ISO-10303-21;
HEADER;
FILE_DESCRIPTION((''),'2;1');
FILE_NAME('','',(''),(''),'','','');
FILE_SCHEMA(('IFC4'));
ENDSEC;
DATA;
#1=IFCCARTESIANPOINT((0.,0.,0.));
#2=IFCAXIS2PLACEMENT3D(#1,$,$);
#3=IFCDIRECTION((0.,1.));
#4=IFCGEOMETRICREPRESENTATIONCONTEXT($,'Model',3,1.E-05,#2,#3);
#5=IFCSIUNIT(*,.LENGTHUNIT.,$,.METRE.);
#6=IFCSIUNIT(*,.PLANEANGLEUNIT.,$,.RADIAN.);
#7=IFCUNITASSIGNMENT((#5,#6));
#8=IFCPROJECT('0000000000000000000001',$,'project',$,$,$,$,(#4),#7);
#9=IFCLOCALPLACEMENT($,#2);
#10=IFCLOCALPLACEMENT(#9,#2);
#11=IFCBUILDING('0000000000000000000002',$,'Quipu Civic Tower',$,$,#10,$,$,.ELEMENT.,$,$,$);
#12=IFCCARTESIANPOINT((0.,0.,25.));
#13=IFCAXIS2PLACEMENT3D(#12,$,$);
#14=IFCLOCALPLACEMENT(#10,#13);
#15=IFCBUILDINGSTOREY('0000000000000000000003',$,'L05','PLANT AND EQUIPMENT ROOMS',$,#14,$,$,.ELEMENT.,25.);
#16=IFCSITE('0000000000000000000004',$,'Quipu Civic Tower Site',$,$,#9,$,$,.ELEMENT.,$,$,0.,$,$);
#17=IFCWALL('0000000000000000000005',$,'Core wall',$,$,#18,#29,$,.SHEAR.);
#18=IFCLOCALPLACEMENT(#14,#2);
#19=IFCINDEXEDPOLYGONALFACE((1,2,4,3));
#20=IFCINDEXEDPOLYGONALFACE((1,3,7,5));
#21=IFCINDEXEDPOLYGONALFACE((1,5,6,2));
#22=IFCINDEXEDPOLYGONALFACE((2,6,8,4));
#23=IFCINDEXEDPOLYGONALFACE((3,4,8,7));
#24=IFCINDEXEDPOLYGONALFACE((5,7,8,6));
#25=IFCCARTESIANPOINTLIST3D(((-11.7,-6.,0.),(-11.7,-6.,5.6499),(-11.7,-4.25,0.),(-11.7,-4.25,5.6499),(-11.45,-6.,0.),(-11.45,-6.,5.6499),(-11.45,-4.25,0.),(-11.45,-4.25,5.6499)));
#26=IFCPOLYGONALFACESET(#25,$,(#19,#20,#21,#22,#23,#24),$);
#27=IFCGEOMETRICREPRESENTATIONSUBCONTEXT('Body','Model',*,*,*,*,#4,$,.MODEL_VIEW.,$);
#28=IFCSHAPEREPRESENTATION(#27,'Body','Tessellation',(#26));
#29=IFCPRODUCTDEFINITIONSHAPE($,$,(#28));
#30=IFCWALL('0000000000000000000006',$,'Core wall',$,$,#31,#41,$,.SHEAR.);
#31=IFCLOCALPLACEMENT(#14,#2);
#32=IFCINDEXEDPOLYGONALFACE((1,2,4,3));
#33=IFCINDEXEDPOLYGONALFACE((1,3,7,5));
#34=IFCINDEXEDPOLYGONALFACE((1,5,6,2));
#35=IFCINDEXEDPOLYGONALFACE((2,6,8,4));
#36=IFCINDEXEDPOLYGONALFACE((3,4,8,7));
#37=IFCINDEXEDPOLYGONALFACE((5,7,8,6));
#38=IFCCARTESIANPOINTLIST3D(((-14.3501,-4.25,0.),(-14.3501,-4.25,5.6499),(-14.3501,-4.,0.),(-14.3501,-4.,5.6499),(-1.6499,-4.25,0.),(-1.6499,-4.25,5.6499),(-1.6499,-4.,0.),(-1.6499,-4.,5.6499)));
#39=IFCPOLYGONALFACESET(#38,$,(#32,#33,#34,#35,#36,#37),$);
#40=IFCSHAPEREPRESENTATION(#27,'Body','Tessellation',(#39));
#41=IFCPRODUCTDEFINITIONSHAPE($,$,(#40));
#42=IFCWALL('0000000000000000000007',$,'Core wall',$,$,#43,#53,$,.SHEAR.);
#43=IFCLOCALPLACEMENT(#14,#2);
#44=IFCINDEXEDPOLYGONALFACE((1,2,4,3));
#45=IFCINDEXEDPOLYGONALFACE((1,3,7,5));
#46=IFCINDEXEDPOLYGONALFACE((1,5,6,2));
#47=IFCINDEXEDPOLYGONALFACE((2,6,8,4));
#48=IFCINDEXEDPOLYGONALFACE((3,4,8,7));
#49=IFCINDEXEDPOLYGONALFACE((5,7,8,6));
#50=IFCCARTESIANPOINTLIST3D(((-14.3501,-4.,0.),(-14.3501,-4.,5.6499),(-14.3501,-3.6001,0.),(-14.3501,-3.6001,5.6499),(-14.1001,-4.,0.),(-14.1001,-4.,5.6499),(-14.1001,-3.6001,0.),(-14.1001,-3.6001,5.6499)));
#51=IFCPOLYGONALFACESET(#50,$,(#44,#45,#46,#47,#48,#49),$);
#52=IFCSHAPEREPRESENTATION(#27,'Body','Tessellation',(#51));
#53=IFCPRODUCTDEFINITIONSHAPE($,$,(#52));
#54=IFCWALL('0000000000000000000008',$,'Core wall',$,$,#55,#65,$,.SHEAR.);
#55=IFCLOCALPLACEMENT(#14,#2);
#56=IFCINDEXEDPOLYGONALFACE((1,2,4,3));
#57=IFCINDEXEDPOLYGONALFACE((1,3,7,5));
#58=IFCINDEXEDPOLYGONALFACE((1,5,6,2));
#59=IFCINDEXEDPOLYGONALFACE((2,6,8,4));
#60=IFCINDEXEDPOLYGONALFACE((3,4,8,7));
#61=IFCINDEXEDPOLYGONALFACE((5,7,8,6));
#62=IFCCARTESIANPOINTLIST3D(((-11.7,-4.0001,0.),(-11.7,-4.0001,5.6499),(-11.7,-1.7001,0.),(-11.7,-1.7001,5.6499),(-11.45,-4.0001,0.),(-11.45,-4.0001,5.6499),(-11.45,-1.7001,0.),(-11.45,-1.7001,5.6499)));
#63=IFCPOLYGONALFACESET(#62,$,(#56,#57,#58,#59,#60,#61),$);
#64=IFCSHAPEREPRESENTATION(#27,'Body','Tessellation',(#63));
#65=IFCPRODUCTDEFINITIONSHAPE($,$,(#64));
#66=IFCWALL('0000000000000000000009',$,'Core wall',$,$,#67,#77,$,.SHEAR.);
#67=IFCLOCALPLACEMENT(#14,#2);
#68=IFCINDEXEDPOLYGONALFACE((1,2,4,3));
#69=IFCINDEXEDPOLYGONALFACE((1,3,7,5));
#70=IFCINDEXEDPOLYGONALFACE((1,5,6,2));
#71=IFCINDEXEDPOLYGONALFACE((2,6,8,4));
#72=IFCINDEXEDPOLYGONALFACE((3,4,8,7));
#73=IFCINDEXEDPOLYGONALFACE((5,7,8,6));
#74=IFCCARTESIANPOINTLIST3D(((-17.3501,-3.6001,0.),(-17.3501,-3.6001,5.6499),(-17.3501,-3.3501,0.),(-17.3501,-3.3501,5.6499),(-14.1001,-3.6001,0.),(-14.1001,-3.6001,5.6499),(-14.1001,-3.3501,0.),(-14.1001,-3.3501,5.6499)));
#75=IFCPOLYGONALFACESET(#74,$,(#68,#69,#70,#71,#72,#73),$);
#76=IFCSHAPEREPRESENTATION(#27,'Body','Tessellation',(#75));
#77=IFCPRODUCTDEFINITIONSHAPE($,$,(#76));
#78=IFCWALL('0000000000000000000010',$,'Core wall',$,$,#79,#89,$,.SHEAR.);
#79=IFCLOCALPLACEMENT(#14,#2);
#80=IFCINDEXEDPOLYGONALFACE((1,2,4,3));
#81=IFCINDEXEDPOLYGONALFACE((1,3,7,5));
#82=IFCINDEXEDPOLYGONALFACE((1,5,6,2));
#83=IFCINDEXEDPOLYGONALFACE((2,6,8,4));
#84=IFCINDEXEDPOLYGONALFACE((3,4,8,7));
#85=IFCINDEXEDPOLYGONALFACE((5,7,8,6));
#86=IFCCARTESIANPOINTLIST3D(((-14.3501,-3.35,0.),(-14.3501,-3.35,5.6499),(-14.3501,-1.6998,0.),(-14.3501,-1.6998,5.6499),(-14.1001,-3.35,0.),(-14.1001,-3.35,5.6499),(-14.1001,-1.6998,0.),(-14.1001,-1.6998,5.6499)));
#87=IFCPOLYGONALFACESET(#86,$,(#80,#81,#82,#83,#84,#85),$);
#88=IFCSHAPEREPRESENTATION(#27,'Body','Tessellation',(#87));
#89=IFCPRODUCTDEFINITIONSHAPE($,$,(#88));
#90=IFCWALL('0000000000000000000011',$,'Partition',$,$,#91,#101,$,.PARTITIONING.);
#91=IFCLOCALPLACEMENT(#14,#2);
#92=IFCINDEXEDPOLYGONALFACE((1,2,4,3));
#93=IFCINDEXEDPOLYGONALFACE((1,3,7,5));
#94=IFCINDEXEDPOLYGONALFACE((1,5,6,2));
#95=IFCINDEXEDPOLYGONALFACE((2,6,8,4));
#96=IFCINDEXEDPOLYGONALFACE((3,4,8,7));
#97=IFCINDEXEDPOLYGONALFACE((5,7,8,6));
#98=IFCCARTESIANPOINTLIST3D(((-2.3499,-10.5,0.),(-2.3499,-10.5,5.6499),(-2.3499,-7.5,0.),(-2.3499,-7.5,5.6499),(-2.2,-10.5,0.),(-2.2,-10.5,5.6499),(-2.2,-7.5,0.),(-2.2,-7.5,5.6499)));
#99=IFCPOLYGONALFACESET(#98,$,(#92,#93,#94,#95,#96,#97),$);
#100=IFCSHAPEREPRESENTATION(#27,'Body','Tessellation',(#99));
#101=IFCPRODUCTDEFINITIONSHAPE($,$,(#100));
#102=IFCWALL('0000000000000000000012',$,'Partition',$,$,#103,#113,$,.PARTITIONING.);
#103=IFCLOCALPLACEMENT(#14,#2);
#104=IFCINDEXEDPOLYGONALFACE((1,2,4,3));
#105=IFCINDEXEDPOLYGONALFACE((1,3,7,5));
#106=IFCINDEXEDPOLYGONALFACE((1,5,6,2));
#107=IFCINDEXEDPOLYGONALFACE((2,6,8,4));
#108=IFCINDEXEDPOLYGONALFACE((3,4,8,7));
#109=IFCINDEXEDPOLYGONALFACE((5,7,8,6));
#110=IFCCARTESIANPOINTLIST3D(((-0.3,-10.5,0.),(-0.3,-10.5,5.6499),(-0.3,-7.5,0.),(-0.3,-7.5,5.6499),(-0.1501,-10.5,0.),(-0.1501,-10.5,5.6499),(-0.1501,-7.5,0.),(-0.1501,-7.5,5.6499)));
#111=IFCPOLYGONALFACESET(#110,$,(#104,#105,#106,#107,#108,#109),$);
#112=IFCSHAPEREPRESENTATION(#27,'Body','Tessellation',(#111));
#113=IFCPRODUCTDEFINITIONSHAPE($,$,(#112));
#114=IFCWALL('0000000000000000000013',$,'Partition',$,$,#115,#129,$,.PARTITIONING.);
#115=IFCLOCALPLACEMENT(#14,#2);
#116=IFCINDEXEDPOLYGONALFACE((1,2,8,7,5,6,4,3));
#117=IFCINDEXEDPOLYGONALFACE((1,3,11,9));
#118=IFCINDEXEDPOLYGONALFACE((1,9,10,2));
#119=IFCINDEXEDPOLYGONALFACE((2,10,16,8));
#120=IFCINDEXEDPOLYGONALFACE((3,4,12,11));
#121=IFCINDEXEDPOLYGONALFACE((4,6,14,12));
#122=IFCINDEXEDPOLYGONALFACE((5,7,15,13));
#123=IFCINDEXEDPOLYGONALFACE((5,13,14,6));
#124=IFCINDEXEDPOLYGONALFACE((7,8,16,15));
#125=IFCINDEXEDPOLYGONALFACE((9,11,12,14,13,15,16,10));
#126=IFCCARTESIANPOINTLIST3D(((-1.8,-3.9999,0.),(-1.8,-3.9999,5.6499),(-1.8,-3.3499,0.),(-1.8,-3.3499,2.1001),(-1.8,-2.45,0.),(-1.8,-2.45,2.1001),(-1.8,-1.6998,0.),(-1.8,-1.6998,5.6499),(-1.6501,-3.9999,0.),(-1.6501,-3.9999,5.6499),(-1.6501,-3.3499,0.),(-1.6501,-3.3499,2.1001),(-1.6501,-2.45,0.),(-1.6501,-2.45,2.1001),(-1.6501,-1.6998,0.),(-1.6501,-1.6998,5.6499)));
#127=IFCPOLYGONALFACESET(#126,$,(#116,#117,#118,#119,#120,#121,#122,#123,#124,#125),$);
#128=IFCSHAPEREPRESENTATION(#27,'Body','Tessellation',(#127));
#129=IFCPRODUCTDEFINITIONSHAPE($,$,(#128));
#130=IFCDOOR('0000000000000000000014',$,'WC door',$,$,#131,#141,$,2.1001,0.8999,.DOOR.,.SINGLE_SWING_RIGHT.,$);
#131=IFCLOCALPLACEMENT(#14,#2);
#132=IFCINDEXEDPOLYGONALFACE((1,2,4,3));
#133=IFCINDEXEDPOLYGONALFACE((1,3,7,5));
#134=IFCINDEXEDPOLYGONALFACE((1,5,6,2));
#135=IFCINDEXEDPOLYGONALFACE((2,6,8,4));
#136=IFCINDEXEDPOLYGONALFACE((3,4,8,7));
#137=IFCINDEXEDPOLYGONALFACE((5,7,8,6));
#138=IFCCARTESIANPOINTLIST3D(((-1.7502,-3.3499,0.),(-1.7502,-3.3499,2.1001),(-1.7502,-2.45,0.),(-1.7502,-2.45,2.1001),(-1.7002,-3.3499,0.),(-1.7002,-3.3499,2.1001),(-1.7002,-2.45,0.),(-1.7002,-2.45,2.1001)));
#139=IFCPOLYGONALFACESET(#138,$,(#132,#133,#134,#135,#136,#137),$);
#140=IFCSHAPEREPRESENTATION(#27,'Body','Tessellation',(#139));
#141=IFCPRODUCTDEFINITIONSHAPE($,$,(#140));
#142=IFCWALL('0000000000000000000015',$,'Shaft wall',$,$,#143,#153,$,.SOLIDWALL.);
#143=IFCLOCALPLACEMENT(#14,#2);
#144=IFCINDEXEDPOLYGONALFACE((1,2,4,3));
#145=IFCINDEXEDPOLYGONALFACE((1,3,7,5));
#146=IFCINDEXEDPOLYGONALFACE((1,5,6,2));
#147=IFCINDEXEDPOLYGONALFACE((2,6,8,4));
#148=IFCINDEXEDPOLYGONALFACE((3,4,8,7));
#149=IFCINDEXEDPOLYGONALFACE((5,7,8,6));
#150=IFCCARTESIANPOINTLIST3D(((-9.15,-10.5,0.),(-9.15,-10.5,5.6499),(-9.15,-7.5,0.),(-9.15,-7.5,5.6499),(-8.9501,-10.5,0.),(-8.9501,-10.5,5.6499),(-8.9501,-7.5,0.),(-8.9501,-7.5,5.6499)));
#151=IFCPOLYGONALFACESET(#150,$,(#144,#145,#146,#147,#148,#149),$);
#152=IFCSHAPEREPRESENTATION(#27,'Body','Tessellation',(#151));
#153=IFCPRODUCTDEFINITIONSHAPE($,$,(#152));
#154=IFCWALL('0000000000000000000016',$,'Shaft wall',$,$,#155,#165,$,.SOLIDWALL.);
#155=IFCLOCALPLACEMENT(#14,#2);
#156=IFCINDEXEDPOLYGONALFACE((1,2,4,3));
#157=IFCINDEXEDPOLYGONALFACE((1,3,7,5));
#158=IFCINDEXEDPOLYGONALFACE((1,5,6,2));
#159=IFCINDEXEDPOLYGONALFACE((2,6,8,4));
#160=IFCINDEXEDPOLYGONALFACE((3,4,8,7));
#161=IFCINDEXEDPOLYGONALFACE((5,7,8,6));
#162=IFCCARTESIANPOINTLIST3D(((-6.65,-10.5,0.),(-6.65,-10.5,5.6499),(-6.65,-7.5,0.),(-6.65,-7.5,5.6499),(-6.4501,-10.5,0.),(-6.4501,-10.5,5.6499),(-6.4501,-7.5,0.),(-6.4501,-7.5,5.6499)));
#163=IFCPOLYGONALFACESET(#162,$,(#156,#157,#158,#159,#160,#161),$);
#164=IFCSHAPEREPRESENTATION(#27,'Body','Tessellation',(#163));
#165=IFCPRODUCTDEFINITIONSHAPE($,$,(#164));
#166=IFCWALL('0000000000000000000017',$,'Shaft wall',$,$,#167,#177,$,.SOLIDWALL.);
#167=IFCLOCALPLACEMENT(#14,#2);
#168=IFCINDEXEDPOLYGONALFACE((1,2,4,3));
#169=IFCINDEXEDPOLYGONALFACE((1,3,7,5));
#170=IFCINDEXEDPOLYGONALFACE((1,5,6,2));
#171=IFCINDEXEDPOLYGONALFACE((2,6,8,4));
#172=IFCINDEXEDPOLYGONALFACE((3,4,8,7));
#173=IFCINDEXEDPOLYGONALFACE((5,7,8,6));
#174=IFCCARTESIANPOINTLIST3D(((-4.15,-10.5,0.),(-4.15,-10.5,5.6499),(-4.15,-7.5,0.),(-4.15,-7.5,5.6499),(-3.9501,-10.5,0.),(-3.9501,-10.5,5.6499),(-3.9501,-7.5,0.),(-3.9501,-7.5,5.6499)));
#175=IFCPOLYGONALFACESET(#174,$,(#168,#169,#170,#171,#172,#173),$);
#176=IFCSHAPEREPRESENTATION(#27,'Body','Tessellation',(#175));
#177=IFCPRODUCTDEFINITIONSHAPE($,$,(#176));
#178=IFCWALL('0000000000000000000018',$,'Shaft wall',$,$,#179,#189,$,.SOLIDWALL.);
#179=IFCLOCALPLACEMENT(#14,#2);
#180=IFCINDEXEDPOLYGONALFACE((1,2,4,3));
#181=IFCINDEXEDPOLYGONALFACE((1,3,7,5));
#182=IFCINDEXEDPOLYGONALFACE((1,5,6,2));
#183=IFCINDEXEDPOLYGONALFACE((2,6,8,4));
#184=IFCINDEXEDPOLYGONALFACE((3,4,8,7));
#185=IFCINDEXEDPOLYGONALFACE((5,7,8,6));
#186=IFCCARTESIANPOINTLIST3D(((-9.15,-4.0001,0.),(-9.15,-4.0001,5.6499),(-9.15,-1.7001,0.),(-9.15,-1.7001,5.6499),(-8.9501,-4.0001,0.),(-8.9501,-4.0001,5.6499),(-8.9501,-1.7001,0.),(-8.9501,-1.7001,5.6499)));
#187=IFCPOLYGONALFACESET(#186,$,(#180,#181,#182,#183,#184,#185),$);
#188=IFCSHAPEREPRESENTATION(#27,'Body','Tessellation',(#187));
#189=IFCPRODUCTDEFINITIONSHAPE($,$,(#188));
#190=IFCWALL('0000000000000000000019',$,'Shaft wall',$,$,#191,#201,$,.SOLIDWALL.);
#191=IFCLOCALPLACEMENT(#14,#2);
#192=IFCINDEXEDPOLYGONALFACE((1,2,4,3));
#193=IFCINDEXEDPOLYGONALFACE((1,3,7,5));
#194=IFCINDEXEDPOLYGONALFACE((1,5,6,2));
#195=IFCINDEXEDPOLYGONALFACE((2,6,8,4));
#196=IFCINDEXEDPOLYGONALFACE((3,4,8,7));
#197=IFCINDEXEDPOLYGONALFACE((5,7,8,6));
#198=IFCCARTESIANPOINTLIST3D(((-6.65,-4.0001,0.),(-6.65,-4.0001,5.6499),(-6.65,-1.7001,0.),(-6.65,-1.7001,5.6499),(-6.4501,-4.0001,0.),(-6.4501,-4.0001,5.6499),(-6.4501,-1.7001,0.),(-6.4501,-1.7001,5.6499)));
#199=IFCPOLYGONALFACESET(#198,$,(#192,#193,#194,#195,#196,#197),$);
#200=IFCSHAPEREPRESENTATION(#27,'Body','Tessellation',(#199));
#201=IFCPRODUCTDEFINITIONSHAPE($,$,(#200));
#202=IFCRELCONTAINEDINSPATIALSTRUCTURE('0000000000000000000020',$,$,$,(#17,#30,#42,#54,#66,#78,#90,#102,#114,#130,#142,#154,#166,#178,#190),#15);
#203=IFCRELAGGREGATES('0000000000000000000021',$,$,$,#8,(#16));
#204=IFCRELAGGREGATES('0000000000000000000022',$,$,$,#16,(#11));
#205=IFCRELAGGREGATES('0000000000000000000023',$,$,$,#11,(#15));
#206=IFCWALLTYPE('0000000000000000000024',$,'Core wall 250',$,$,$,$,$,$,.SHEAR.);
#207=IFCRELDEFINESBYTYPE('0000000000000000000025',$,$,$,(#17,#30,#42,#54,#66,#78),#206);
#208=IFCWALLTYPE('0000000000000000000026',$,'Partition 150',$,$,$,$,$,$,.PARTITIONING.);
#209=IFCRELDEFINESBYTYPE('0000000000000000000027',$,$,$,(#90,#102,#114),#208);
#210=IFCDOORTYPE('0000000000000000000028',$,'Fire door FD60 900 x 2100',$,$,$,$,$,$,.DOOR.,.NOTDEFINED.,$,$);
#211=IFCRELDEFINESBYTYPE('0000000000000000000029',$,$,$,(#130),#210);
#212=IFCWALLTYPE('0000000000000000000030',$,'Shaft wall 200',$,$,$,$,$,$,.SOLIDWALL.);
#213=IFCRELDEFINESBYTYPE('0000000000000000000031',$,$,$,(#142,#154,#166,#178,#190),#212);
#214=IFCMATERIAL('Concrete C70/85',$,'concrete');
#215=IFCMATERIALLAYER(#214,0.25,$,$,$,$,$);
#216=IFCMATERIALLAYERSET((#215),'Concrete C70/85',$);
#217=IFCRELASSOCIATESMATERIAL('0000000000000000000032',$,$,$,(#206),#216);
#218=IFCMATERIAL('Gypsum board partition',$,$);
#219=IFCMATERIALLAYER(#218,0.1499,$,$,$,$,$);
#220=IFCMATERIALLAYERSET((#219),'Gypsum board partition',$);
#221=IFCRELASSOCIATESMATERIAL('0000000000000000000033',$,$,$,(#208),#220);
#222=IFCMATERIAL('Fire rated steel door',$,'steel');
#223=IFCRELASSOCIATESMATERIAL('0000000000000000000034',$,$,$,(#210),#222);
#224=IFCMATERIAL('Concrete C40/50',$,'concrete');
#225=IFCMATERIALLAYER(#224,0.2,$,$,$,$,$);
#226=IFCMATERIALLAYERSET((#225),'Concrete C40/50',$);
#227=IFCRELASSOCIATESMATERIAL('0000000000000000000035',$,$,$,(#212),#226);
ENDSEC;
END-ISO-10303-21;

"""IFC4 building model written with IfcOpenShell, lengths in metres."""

from ifc_helpers import new_model, si_unit, direction, frame, frame_2d, origin, place, context, subcontext, project, spatial, rectangle, extrude, material, layer, layer_set, type_object, element, fill, save


model = new_model("IFC4")

# Units and contexts
model_context = context("Model", 3, precision=1e-05, world=origin(), true_north=direction((0.0, 1.0)))
body_context = subcontext(model_context, "Body", "Model", "MODEL_VIEW")
ifc_project = project(units=[si_unit("LENGTHUNIT", "METRE"), si_unit("PLANEANGLEUNIT", "RADIAN")], contexts=[model_context])

# Site, building, storey
site_placement = place(None, origin())
site = spatial("IfcSite", under=ifc_project, at=site_placement, Name="Quipu Civic Tower Site", CompositionType="ELEMENT", RefElevation=0.0)
building_placement = place(site_placement, origin())
building = spatial("IfcBuilding", under=site, at=building_placement, Name="Quipu Civic Tower", CompositionType="ELEMENT")
storey_placement = place(building_placement, frame((0.0, 0.0, 25.0)))
storey = spatial("IfcBuildingStorey", under=building, at=storey_placement, Name="L05", Description="PLANT AND EQUIPMENT ROOMS", CompositionType="ELEMENT", Elevation=25.0)

# Shared definitions
ifc_material_1 = material(Name="Concrete C70/85", Category="concrete")
ifc_layer_1 = layer(ifc_material_1, 0.25)
ifc_layer_set_1 = layer_set([ifc_layer_1], Name="Concrete C70/85")
wall_type_1 = type_object("IfcWallType", Name="Core wall 250", PredefinedType="SHEAR", material=ifc_layer_set_1)

# Walls
for number, where, z_axis, x_axis, name in (
    (1, (-11.575, -6.0, 0.0), (0.0, 0.0, 1.0), (0.0, 1.0, 0.0), "Core wall"),
):
    element("IfcWall", number, at=place(storey_placement, frame(where, z_axis=z_axis, x_axis=x_axis)), inside=storey, type_object=wall_type_1, Name=name, PredefinedType="SHEAR", context=body_context, shape_type="SweptSolid", body=[
        extrude(rectangle(XDim=1.75, YDim=0.25, at=frame_2d((0.875, 0.0))), origin(), (0.0, 0.0, 1.0), 5.6499),
    ])
wall_1_placement = place(storey_placement, frame((-14.3501, -4.125, 0.0), z_axis=(0.0, 0.0, 1.0), x_axis=(1.0, 0.0, 0.0)))
element("IfcWall", 2, at=wall_1_placement, inside=storey, type_object=wall_type_1, Name="Core wall", PredefinedType="SHEAR", context=body_context, shape_type="SweptSolid", body=[
    extrude(rectangle(XDim=12.7002, YDim=0.25, at=frame_2d((6.3501, 0.0))), origin(), (0.0, 0.0, 1.0), 5.6499),
])
wall_2_placement = place(storey_placement, frame((-14.2251, -4.0, 0.0), z_axis=(0.0, 0.0, 1.0), x_axis=(0.0, 1.0, 0.0)))
element("IfcWall", 3, at=wall_2_placement, inside=storey, type_object=wall_type_1, Name="Core wall", PredefinedType="SHEAR", context=body_context, shape_type="SweptSolid", body=[
    extrude(rectangle(XDim=0.3999, YDim=0.25, at=frame_2d((0.2, 0.0))), origin(), (0.0, 0.0, 1.0), 5.6499),
])
wall_3_placement = place(storey_placement, frame((-11.575, -4.0, 0.0), z_axis=(0.0, 0.0, 1.0), x_axis=(0.0, 1.0, 0.0)))
element("IfcWall", 4, at=wall_3_placement, inside=storey, type_object=wall_type_1, Name="Core wall", PredefinedType="SHEAR", context=body_context, shape_type="SweptSolid", body=[
    extrude(rectangle(XDim=2.3, YDim=0.25, at=frame_2d((1.1499, 0.0))), origin(), (0.0, 0.0, 1.0), 5.6499),
])
wall_4_placement = place(storey_placement, frame((-17.3501, -3.4751, 0.0), z_axis=(0.0, 0.0, 1.0), x_axis=(1.0, 0.0, 0.0)))
element("IfcWall", 5, at=wall_4_placement, inside=storey, type_object=wall_type_1, Name="Core wall", PredefinedType="SHEAR", context=body_context, shape_type="SweptSolid", body=[
    extrude(rectangle(XDim=3.25, YDim=0.25, at=frame_2d((1.625, 0.0))), origin(), (0.0, 0.0, 1.0), 5.6499),
])
wall_5_placement = place(storey_placement, frame((-14.2251, -3.3501, 0.0), z_axis=(0.0, 0.0, 1.0), x_axis=(0.0, 1.0, 0.0)))
element("IfcWall", 6, at=wall_5_placement, inside=storey, type_object=wall_type_1, Name="Core wall", PredefinedType="SHEAR", context=body_context, shape_type="SweptSolid", body=[
    extrude(rectangle(XDim=1.6501, YDim=0.25, at=frame_2d((0.8252, 0.0))), origin(), (0.0, 0.0, 1.0), 5.6499),
])
ifc_material_2 = material(Name="Gypsum board partition")
ifc_layer_2 = layer(ifc_material_2, 0.1499)
ifc_layer_set_2 = layer_set([ifc_layer_2], Name="Gypsum board partition")
wall_type_2 = type_object("IfcWallType", Name="Partition 150", PredefinedType="PARTITIONING", material=ifc_layer_set_2)
for number, where, z_axis, x_axis, name in (
    (7, (-2.2749, -10.5, 0.0), (0.0, 0.0, 1.0), (0.0, 1.0, 0.0), "Partition"),
    (8, (-0.2251, -10.5, 0.0), (0.0, 0.0, 1.0), (0.0, 1.0, 0.0), "Partition"),
):
    element("IfcWall", number, at=place(storey_placement, frame(where, z_axis=z_axis, x_axis=x_axis)), inside=storey, type_object=wall_type_2, Name=name, PredefinedType="PARTITIONING", context=body_context, shape_type="SweptSolid", body=[
        extrude(rectangle(XDim=3.0, YDim=0.1499, at=frame_2d((1.5, 0.0))), origin(), (0.0, 0.0, 1.0), 5.6499),
    ])

# Wall, opening, door
wall_6_placement = place(storey_placement, frame((-1.7251, -1.7, 0.0), z_axis=(0.0, 0.0, 1.0), x_axis=(0.0, -1.0, 0.0)))
wall_6 = element("IfcWall", 9, at=wall_6_placement, inside=storey, type_object=wall_type_2, Name="Partition", PredefinedType="PARTITIONING", context=body_context, shape_type="SweptSolid", body=[
    extrude(rectangle(XDim=2.3, YDim=0.1499, at=frame_2d((1.1499, 0.0))), origin(), (0.0, 0.0, 1.0), 5.6499),
])
opening_1_placement = place(wall_6_placement, frame((0.75, 0.0, 0.0)))
opening_1 = element("IfcOpeningElement", 10, at=opening_1_placement, cuts=wall_6, PredefinedType="OPENING", context=body_context, shape_type="SweptSolid", body=[
    extrude(rectangle(XDim=0.8999, YDim=2.1001, at=frame_2d((0.45, 1.05))), frame((0.0, 0.085, 0.0), z_axis=(0.0, -1.0, 0.0), x_axis=(1.0, 0.0, 0.0)), (0.0, 0.0, 1.0), 0.1699),
])
ifc_material_3 = material(Name="Fire rated steel door", Category="steel")
door_type_1 = type_object("IfcDoorType", Name="Fire door FD60 900 x 2100", OperationType="NOTDEFINED", PredefinedType="DOOR", material=ifc_material_3)
door_1_placement = place(opening_1_placement, origin())
door_1 = element("IfcDoor", 11, at=door_1_placement, inside=storey, type_object=door_type_1, Name="WC door", OperationType="SINGLE_SWING_RIGHT", OverallHeight=2.1001, OverallWidth=0.8999, PredefinedType="DOOR", context=body_context, shape_type="SweptSolid", body=[
    extrude(rectangle(XDim=0.8999, YDim=2.1001, at=frame_2d((0.45, 1.05))), frame((0.0, 0.0249, 0.0), z_axis=(0.0, -1.0, 0.0), x_axis=(1.0, 0.0, 0.0)), (0.0, 0.0, 1.0), 0.05),
])
fill(opening_1, door_1)

# Walls
ifc_material_4 = material(Name="Concrete C40/50", Category="concrete")
ifc_layer_3 = layer(ifc_material_4, 0.2)
ifc_layer_set_3 = layer_set([ifc_layer_3], Name="Concrete C40/50")
wall_type_3 = type_object("IfcWallType", Name="Shaft wall 200", PredefinedType="SOLIDWALL", material=ifc_layer_set_3)
for number, where, z_axis, x_axis, name in (
    (12, (-9.05, -10.5, 0.0), (0.0, 0.0, 1.0), (0.0, 1.0, 0.0), "Shaft wall"),
    (13, (-6.55, -10.5, 0.0), (0.0, 0.0, 1.0), (0.0, 1.0, 0.0), "Shaft wall"),
    (14, (-4.05, -10.5, 0.0), (0.0, 0.0, 1.0), (0.0, 1.0, 0.0), "Shaft wall"),
):
    element("IfcWall", number, at=place(storey_placement, frame(where, z_axis=z_axis, x_axis=x_axis)), inside=storey, type_object=wall_type_3, Name=name, PredefinedType="SOLIDWALL", context=body_context, shape_type="SweptSolid", body=[
        extrude(rectangle(XDim=3.0, YDim=0.2, at=frame_2d((1.5, 0.0))), origin(), (0.0, 0.0, 1.0), 5.6499),
    ])
for number, where, z_axis, x_axis, name in (
    (15, (-9.05, -4.0, 0.0), (0.0, 0.0, 1.0), (0.0, 1.0, 0.0), "Shaft wall"),
    (16, (-6.55, -4.0, 0.0), (0.0, 0.0, 1.0), (0.0, 1.0, 0.0), "Shaft wall"),
):
    element("IfcWall", number, at=place(storey_placement, frame(where, z_axis=z_axis, x_axis=x_axis)), inside=storey, type_object=wall_type_3, Name=name, PredefinedType="SOLIDWALL", context=body_context, shape_type="SweptSolid", body=[
        extrude(rectangle(XDim=2.3, YDim=0.2, at=frame_2d((1.1499, 0.0))), origin(), (0.0, 0.0, 1.0), 5.6499),
    ])

save(model, "model.ifc")
